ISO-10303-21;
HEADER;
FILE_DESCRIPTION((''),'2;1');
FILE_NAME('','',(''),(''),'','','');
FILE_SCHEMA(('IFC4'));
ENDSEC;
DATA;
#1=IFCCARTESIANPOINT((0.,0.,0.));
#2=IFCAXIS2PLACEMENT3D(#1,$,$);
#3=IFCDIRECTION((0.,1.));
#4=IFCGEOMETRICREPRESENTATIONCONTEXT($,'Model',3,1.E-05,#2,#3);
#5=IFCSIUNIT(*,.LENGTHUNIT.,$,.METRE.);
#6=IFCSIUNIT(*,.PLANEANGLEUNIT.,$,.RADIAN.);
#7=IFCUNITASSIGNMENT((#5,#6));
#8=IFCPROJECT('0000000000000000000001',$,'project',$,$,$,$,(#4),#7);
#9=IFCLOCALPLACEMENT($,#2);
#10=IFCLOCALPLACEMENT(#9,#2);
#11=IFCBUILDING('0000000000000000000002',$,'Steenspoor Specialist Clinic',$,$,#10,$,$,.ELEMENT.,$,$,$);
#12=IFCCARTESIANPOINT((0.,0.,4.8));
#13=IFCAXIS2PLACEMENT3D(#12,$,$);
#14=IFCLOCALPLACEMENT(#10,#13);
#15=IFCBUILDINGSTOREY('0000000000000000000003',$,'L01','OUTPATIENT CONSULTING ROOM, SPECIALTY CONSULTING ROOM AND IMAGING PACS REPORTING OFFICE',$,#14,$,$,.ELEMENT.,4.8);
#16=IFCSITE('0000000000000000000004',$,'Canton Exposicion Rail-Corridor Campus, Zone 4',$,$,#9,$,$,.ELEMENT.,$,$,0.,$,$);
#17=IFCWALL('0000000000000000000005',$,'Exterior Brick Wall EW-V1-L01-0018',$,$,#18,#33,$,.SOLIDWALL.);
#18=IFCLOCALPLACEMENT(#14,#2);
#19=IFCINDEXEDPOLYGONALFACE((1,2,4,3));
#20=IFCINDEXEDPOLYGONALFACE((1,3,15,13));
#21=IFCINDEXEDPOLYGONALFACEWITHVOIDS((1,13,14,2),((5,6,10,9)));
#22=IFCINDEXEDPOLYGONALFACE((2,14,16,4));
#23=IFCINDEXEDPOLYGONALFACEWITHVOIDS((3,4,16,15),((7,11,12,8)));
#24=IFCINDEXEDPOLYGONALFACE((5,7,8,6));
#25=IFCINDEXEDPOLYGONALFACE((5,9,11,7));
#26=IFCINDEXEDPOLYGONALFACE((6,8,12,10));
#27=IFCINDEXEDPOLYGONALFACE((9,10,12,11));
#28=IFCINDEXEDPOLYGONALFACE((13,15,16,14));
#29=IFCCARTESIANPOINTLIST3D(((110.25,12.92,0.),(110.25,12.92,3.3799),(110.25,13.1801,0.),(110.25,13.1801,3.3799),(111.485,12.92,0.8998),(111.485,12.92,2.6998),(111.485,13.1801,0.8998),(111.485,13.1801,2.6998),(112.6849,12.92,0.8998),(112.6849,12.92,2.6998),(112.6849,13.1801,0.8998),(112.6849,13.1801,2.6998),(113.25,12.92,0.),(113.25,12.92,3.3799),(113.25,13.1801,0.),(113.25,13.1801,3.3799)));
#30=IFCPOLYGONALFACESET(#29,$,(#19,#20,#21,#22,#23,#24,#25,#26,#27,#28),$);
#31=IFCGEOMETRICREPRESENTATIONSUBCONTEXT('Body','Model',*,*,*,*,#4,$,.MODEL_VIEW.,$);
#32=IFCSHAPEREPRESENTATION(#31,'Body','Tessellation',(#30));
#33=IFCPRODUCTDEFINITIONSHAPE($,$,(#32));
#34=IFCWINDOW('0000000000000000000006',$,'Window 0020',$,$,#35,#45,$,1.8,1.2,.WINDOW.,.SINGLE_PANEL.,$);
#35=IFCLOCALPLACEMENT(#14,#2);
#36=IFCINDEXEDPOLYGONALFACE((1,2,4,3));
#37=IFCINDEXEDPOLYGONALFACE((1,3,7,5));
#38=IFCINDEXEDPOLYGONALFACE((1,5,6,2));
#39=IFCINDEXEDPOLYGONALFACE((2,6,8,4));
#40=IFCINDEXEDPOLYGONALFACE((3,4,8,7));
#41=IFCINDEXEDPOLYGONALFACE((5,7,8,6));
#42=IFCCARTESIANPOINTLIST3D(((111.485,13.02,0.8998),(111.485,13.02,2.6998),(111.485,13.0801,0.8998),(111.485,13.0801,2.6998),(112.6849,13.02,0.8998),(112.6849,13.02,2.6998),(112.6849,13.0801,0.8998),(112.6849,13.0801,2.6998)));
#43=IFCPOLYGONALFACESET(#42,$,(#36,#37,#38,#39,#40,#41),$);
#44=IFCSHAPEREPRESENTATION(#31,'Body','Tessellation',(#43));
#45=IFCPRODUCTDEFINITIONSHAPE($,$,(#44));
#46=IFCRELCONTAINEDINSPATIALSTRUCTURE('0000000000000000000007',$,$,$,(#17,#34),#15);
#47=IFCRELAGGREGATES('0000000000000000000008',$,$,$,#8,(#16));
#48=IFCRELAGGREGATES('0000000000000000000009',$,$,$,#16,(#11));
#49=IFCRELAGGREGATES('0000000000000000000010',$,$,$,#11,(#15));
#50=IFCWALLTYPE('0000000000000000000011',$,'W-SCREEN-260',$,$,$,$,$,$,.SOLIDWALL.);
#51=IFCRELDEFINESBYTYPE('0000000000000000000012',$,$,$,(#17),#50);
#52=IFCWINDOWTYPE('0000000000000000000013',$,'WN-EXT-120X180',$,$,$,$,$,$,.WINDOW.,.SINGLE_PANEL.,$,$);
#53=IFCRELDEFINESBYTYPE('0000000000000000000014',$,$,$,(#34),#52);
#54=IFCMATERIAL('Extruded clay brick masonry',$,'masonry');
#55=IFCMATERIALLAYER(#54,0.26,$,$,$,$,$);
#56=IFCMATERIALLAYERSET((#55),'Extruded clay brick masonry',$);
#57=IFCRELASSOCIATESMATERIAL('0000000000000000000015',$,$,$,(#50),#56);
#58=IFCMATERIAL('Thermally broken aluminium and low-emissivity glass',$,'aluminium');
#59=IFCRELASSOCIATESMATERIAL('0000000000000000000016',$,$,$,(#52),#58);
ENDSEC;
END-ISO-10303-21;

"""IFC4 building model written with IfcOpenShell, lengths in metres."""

from ifc_helpers import new_model, si_unit, direction, frame, frame_2d, origin, place, context, subcontext, project, spatial, rectangle, extrude, material, layer, layer_set, type_object, element, fill, save


model = new_model("IFC4")

# Units and contexts
model_context = context("Model", 3, precision=1e-05, world=origin(), true_north=direction((0.0, 1.0)))
body_context = subcontext(model_context, "Body", "Model", "MODEL_VIEW")
ifc_project = project(units=[si_unit("LENGTHUNIT", "METRE"), si_unit("PLANEANGLEUNIT", "RADIAN")], contexts=[model_context])

# Site, building, storey
site_placement = place(None, origin())
site = spatial("IfcSite", under=ifc_project, at=site_placement, Name="Canton Exposicion Rail-Corridor Campus, Zone 4", CompositionType="ELEMENT", RefElevation=0.0)
building_placement = place(site_placement, origin())
building = spatial("IfcBuilding", under=site, at=building_placement, Name="Steenspoor Specialist Clinic", CompositionType="ELEMENT")
storey_placement = place(building_placement, frame((0.0, 0.0, 4.8)))
storey = spatial("IfcBuildingStorey", under=building, at=storey_placement, Name="L01", Description="OUTPATIENT CONSULTING ROOM, SPECIALTY CONSULTING ROOM AND IMAGING PACS REPORTING OFFICE", CompositionType="ELEMENT", Elevation=4.8)

# Shared definitions
ifc_material_1 = material(Name="Thermally broken aluminium and low-emissivity glass", Category="aluminium")

# Wall, opening, window
ifc_material_2 = material(Name="Extruded clay brick masonry", Category="masonry")
ifc_layer_1 = layer(ifc_material_2, 0.26)
ifc_layer_set_1 = layer_set([ifc_layer_1], Name="Extruded clay brick masonry")
wall_type_1 = type_object("IfcWallType", Name="W-SCREEN-260", PredefinedType="SOLIDWALL", material=ifc_layer_set_1)
wall_1_placement = place(storey_placement, frame((113.25, 13.05, 0.0), z_axis=(0.0, 0.0, 1.0), x_axis=(-1.0, 0.0, 0.0)))
wall_1 = element("IfcWall", 1, at=wall_1_placement, inside=storey, type_object=wall_type_1, Name="Exterior Brick Wall EW-V1-L01-0018", PredefinedType="SOLIDWALL", context=body_context, shape_type="SweptSolid", body=[
    extrude(rectangle(XDim=3.0, YDim=0.26, at=frame_2d((1.5, 0.0))), origin(), (0.0, 0.0, 1.0), 3.3799),
])
opening_placement = place(wall_1_placement, frame((0.5649, 0.0, 0.8999)))
opening = element("IfcOpeningElement", 2, at=opening_placement, cuts=wall_1, PredefinedType="OPENING", context=body_context, shape_type="SweptSolid", body=[
    extrude(rectangle(XDim=1.2, YDim=1.8, at=frame_2d((0.6001, 0.8999))), frame((0.0, 0.1401, 0.0), z_axis=(0.0, -1.0, 0.0), x_axis=(1.0, 0.0, 0.0)), (0.0, 0.0, 1.0), 0.28),
])
window_type = type_object("IfcWindowType", Name="WN-EXT-120X180", PartitioningType="SINGLE_PANEL", PredefinedType="WINDOW", material=ifc_material_1)
window_placement = place(opening_placement, origin())
window = element("IfcWindow", 3, at=window_placement, inside=storey, type_object=window_type, Name="Window 0020", OverallHeight=1.8, OverallWidth=1.2, PartitioningType="SINGLE_PANEL", PredefinedType="WINDOW", context=body_context, shape_type="SweptSolid", body=[
    extrude(rectangle(XDim=1.2, YDim=1.8, at=frame_2d((0.6001, 0.8999))), frame((0.0, 0.03, 0.0), z_axis=(0.0, -1.0, 0.0), x_axis=(1.0, 0.0, 0.0)), (0.0, 0.0, 1.0), 0.0601),
])
fill(opening, window)

save(model, "model.ifc")
